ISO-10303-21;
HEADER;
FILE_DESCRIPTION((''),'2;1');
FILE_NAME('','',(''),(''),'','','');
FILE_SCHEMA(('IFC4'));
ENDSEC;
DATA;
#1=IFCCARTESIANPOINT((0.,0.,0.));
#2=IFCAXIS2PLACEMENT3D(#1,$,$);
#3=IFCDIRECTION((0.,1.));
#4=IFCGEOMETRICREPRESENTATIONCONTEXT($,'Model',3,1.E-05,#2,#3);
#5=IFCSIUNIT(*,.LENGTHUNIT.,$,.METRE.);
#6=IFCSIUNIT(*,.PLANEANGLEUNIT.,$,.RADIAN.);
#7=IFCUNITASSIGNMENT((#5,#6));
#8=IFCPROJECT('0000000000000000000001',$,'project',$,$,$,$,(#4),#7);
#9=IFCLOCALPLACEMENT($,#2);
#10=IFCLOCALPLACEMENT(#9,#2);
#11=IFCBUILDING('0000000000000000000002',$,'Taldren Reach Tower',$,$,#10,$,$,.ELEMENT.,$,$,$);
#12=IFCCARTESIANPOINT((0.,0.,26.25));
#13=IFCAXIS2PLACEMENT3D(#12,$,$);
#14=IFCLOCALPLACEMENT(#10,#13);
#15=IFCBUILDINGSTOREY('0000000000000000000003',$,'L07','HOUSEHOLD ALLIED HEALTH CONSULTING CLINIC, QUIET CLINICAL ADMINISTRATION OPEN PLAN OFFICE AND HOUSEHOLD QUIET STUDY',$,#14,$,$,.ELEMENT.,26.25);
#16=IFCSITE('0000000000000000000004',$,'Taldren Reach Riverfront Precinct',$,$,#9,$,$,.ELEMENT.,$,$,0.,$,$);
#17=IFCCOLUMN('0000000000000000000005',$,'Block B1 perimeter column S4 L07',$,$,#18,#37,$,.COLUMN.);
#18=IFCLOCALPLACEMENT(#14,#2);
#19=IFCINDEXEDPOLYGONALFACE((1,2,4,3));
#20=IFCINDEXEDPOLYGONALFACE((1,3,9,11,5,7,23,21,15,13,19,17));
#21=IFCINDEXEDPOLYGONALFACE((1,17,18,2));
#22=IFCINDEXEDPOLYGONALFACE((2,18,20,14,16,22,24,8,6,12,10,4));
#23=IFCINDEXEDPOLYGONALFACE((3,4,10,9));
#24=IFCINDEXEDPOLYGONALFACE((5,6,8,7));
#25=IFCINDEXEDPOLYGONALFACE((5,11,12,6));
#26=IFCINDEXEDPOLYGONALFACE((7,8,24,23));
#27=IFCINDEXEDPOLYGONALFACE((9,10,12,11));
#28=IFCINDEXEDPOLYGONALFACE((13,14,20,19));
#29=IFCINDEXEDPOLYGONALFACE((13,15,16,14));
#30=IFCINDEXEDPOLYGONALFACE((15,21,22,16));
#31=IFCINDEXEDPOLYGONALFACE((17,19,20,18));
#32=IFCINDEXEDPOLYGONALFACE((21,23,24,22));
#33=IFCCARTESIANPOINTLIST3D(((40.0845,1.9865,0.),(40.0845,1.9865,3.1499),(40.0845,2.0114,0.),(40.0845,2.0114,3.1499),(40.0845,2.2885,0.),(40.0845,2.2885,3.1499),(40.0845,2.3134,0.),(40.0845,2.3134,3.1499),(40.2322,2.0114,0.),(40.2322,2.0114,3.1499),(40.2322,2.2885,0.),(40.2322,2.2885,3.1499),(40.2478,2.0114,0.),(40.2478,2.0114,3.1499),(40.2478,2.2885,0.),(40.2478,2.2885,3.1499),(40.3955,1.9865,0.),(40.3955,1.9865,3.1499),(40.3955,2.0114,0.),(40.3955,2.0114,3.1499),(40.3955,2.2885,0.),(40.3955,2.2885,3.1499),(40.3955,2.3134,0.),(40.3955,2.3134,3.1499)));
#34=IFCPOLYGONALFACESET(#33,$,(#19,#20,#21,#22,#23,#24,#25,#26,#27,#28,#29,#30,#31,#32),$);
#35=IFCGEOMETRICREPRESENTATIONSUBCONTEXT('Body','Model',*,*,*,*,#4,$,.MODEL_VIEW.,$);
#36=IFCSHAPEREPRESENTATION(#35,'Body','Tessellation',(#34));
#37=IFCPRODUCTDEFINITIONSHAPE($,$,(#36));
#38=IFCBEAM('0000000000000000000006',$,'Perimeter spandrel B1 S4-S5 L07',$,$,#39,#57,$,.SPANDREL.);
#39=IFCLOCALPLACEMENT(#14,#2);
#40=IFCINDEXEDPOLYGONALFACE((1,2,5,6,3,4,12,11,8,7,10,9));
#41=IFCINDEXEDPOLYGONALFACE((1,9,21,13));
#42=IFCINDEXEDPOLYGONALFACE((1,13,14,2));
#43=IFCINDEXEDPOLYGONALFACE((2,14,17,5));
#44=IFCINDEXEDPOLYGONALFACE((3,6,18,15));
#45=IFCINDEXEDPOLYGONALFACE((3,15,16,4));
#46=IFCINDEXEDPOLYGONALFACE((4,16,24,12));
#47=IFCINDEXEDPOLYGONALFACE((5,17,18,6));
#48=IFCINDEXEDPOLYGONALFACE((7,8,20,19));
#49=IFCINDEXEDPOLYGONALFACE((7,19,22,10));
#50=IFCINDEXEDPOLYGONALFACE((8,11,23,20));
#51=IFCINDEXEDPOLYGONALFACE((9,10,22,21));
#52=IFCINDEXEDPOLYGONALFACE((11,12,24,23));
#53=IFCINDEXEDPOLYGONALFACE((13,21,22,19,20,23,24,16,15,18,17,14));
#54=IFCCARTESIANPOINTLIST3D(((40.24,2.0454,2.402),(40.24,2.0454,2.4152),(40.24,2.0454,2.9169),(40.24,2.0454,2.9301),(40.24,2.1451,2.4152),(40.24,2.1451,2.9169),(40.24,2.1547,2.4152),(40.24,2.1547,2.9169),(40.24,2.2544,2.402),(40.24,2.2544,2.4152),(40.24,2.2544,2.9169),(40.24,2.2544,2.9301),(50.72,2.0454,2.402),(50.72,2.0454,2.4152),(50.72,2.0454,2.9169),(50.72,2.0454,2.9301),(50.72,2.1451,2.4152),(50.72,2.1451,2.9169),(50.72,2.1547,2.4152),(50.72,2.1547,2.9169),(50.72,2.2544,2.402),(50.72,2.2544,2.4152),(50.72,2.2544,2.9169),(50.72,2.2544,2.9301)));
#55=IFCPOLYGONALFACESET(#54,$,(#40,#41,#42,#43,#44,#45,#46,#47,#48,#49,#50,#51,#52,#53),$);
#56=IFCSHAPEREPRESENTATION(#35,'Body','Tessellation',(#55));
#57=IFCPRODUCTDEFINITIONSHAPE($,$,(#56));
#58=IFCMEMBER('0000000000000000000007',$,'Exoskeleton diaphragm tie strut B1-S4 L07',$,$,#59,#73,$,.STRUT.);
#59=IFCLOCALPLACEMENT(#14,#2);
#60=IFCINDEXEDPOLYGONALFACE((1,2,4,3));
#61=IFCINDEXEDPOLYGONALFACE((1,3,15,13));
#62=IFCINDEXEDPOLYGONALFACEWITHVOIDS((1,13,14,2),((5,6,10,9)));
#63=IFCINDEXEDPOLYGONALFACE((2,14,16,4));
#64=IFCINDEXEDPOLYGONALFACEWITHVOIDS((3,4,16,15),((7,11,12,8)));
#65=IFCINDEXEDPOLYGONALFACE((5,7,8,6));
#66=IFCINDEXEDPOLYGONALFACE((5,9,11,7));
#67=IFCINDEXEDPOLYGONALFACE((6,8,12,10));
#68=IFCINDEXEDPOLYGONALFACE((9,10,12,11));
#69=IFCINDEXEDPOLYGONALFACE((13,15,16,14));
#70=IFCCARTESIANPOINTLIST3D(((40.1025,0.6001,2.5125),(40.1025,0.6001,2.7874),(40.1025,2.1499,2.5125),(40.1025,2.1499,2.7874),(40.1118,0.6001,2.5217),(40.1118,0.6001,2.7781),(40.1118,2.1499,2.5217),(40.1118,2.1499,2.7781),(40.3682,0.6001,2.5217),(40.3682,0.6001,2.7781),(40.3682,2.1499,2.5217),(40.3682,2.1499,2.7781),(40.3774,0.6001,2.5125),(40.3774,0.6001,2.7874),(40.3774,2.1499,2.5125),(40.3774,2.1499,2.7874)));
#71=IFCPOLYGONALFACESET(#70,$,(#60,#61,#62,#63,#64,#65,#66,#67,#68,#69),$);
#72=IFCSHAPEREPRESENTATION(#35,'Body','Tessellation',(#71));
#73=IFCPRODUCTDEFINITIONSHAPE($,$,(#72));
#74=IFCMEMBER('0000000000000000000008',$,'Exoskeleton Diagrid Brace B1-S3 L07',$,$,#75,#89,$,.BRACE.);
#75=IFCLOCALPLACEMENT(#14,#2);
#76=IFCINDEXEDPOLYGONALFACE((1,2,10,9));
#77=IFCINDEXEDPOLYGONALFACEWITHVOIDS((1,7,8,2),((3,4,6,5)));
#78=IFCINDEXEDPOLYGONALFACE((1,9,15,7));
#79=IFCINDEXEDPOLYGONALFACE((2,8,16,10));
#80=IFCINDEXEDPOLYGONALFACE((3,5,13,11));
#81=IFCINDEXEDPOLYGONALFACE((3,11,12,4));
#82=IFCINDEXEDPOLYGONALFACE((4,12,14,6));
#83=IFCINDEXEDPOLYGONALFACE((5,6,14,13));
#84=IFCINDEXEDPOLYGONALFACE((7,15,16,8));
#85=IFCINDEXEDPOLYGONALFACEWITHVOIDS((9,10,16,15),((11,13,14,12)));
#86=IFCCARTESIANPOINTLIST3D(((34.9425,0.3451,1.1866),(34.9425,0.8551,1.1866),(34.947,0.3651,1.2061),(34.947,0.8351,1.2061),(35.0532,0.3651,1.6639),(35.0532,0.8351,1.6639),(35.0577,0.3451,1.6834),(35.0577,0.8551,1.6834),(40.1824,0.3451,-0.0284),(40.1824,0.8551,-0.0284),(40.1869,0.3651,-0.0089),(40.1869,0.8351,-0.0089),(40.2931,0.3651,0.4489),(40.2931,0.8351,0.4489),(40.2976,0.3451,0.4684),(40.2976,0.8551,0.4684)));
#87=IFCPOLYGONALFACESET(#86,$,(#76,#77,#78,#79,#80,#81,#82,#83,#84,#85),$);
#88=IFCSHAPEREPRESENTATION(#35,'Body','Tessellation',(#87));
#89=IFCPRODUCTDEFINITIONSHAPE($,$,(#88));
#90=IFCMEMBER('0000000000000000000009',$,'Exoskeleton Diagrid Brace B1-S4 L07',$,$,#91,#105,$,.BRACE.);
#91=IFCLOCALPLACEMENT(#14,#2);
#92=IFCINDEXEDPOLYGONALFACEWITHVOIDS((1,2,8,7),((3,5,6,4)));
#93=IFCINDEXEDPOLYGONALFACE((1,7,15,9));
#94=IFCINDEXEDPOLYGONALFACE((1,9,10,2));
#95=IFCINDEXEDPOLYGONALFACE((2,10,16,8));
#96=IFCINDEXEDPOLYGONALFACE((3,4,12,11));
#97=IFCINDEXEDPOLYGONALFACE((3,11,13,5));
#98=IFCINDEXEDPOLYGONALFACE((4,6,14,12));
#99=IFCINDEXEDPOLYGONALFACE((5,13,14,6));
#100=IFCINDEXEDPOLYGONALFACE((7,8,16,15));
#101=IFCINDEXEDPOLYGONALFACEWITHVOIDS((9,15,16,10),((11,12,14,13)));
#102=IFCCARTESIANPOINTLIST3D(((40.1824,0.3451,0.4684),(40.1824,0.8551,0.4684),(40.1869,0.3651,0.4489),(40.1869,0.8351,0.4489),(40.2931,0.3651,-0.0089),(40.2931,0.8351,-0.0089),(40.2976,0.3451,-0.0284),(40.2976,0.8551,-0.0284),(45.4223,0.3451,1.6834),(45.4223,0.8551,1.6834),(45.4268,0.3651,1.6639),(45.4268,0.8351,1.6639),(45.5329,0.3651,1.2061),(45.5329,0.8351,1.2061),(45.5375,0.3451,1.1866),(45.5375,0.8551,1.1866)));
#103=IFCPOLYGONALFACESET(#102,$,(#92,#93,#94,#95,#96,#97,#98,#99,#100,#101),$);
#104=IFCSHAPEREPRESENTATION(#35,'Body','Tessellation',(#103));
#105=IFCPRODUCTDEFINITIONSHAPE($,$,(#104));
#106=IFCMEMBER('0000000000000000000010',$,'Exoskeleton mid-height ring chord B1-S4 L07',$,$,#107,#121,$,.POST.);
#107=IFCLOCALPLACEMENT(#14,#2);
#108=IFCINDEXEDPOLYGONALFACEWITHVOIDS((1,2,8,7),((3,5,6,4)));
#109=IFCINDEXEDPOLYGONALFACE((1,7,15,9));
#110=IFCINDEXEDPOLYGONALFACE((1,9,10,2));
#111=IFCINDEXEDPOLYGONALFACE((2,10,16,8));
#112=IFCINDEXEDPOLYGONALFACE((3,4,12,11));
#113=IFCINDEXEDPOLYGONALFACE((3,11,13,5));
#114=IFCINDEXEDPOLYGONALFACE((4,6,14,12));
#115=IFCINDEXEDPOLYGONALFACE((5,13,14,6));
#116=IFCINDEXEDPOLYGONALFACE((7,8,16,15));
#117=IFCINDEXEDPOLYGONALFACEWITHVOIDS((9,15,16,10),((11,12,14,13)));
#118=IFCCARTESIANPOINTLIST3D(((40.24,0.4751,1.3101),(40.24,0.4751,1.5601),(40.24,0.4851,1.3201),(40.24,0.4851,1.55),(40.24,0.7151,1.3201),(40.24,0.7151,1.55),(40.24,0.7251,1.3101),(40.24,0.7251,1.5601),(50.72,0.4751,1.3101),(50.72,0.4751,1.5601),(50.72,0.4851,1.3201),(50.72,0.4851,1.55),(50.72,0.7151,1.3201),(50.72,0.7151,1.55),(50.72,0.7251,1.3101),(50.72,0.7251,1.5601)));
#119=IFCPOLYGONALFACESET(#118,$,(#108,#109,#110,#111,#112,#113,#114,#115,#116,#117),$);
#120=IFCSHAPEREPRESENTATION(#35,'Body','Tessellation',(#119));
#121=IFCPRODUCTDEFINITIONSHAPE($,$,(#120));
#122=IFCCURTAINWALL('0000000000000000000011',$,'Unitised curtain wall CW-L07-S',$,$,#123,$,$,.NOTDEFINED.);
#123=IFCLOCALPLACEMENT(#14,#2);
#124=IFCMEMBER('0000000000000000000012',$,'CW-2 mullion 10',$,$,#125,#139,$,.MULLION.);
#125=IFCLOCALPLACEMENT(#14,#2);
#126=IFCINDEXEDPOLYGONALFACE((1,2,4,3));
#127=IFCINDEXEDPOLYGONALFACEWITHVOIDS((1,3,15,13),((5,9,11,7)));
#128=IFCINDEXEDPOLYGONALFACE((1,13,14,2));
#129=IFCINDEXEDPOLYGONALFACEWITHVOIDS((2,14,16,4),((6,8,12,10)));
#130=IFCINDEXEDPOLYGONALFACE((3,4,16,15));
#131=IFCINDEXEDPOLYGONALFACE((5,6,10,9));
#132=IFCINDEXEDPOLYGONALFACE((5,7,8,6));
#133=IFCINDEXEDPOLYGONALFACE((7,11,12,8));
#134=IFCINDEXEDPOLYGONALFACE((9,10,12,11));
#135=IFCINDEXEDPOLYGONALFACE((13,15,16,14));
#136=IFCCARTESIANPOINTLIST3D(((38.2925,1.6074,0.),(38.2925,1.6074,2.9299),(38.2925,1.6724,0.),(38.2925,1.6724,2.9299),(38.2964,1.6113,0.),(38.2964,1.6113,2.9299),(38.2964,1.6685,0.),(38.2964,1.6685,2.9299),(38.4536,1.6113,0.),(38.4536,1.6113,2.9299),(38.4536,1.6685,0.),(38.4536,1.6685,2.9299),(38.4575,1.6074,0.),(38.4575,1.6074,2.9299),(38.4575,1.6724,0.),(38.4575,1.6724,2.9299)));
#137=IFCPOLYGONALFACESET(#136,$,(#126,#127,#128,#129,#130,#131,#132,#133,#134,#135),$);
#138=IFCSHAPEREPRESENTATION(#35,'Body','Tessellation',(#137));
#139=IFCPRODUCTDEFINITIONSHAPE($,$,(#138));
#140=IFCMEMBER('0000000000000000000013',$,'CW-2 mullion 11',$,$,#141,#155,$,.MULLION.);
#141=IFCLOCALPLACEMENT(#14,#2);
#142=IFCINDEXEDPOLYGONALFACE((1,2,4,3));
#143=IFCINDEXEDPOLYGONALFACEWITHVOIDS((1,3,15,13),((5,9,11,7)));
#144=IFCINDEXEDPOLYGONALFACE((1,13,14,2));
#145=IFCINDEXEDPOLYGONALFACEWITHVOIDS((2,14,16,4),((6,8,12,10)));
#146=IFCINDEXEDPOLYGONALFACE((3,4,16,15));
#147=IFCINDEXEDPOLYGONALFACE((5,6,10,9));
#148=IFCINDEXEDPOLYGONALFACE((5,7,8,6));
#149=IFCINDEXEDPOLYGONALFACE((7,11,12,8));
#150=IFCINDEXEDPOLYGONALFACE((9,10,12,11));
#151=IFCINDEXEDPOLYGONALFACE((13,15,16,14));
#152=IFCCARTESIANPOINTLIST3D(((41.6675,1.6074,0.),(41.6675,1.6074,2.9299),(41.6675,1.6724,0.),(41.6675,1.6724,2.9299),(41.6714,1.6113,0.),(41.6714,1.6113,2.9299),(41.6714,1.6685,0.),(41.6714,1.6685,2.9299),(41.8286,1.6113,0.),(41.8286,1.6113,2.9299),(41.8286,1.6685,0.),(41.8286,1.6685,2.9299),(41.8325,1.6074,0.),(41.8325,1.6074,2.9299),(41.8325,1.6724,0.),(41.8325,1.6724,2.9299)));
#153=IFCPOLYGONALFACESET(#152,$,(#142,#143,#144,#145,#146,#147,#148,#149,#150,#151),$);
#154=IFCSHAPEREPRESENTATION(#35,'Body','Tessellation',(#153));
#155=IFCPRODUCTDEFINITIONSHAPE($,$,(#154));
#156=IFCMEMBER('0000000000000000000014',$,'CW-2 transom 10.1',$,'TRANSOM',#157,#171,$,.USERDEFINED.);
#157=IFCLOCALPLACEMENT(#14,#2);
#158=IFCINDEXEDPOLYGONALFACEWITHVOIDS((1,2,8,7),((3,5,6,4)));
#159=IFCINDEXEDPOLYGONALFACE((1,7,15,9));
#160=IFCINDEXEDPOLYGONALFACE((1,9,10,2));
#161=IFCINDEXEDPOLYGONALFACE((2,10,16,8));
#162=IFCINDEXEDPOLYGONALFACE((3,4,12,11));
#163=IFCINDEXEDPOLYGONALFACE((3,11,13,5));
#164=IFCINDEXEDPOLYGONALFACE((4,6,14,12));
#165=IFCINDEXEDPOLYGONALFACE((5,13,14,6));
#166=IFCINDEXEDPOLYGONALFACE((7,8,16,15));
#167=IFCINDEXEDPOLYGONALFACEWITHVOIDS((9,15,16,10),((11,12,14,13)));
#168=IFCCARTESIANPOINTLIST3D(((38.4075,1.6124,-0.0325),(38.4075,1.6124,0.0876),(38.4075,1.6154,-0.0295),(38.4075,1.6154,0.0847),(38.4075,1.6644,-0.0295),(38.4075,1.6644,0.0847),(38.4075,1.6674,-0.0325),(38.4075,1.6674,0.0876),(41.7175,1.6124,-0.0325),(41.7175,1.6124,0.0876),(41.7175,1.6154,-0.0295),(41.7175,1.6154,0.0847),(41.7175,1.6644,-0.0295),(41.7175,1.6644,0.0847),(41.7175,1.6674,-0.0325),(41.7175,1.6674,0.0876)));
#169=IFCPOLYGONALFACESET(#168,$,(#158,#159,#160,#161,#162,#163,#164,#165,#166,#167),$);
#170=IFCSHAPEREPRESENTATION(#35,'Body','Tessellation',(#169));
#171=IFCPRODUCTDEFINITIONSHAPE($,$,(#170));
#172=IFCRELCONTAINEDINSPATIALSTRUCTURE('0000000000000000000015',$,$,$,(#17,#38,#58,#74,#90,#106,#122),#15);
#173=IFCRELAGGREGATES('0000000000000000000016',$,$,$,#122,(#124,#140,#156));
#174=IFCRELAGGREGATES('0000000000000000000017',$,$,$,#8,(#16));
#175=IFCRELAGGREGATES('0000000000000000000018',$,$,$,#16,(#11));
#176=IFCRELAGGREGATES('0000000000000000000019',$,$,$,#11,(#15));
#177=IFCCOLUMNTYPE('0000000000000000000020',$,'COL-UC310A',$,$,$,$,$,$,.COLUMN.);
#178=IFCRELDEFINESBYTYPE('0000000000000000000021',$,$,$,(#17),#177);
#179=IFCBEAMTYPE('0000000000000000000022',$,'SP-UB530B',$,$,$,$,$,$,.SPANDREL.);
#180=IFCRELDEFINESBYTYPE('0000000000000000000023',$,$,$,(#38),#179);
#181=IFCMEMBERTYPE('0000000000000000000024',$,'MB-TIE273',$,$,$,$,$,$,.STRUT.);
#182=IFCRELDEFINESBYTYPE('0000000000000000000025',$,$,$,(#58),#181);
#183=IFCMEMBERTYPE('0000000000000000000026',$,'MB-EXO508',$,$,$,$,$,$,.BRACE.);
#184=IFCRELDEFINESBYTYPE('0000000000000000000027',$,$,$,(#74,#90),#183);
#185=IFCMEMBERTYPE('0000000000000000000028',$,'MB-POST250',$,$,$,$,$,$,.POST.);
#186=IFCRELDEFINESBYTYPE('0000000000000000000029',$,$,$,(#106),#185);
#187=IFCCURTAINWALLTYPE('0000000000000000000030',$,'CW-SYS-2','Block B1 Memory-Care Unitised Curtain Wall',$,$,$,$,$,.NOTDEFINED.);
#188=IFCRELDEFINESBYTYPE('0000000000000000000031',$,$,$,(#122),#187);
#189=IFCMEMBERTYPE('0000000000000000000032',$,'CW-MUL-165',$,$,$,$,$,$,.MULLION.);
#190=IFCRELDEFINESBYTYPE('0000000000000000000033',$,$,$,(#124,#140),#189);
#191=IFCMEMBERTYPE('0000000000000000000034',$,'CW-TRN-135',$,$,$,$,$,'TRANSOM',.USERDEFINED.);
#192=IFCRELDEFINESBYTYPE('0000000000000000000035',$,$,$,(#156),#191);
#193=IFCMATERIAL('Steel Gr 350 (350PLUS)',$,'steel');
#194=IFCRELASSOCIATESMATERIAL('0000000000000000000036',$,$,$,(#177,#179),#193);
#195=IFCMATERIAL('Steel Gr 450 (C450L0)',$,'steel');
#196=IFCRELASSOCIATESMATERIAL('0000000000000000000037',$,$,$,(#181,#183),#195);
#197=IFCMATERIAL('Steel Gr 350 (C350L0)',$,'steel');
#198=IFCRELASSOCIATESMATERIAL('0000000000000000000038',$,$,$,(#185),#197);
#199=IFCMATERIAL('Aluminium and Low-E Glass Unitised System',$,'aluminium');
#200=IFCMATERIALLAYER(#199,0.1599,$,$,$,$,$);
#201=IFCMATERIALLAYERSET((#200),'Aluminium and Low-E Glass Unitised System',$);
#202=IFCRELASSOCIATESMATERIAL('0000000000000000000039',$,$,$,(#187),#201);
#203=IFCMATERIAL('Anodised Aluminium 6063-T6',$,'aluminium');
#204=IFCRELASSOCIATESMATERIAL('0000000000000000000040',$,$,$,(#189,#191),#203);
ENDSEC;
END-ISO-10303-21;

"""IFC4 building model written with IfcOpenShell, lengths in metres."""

from ifc_helpers import new_model, si_unit, direction, frame, origin, origin_2d, place, context, subcontext, project, spatial, hollow_rectangle, i_section, extrude, source, transform, mapped, material, layer, layer_set, material_profile, profile_set, type_object, element, aggregate, save


model = new_model("IFC4")

# Units and contexts
model_context = context("Model", 3, precision=1e-05, world=origin(), true_north=direction((0.0, 1.0)))
body_context = subcontext(model_context, "Body", "Model", "MODEL_VIEW")
ifc_project = project(units=[si_unit("LENGTHUNIT", "METRE"), si_unit("PLANEANGLEUNIT", "RADIAN")], contexts=[model_context])

# Site, building, storey
site_placement = place(None, origin())
site = spatial("IfcSite", under=ifc_project, at=site_placement, Name="Taldren Reach Riverfront Precinct", CompositionType="ELEMENT", RefElevation=0.0)
building_placement = place(site_placement, origin())
building = spatial("IfcBuilding", under=site, at=building_placement, Name="Taldren Reach Tower", CompositionType="ELEMENT")
storey_placement = place(building_placement, frame((0.0, 0.0, 26.25)))
storey = spatial("IfcBuildingStorey", under=building, at=storey_placement, Name="L07", Description="HOUSEHOLD ALLIED HEALTH CONSULTING CLINIC, QUIET CLINICAL ADMINISTRATION OPEN PLAN OFFICE AND HOUSEHOLD QUIET STUDY", CompositionType="ELEMENT", Elevation=26.25)

# Column
ifc_material_1 = material(Name="Steel Gr 350 (350PLUS)", Category="steel")
ifc_material_profile_1 = material_profile(ifc_material_1, i_section(OverallWidth=0.311, OverallDepth=0.3269, WebThickness=0.0156, FlangeThickness=0.0249, at=origin_2d()), Name="310UC158")
ifc_profile_set_1 = profile_set([ifc_material_profile_1], Name="Steel Gr 350 (350PLUS)")
column_type = type_object("IfcColumnType", Name="COL-UC310A", PredefinedType="COLUMN", material=ifc_profile_set_1)
shared_shape_1 = source(origin(), body_context, "Body", "SweptSolid", [
    extrude(i_section(OverallWidth=0.311, OverallDepth=0.3269, WebThickness=0.0156, FlangeThickness=0.0249, at=origin_2d()), origin(), (0.0, 0.0, 1.0), 3.1499),
])
column_placement = place(storey_placement, frame((40.24, 2.1499, 0.0), z_axis=(0.0, 0.0, 1.0), x_axis=(1.0, 0.0, 0.0)))
element("IfcColumn", 1, at=column_placement, inside=storey, type_object=column_type, Name="Block B1 perimeter column S4 L07", PredefinedType="COLUMN", context=body_context, shape_type="MappedRepresentation", body=[
    mapped(shared_shape_1, transform((0.0, 0.0, 0.0), scale=1.0)),
])

# Beam
ifc_material_profile_2 = material_profile(ifc_material_1, i_section(OverallWidth=0.209, OverallDepth=0.5281, WebThickness=0.0095, FlangeThickness=0.0132, at=origin_2d()), Name="530UB82.0")
ifc_profile_set_2 = profile_set([ifc_material_profile_2], Name="Steel Gr 350 (350PLUS)")
beam_type = type_object("IfcBeamType", Name="SP-UB530B", PredefinedType="SPANDREL", material=ifc_profile_set_2)
shared_shape_2 = source(origin(), body_context, "Body", "SweptSolid", [
    extrude(i_section(OverallWidth=0.209, OverallDepth=0.5281, WebThickness=0.0095, FlangeThickness=0.0132, at=origin_2d()), origin(), (0.0, 0.0, 1.0), 10.48),
])
beam_placement = place(storey_placement, frame((40.24, 2.1499, 2.666), z_axis=(1.0, 0.0, 0.0), x_axis=(0.0, 1.0, 0.0)))
element("IfcBeam", 2, at=beam_placement, inside=storey, type_object=beam_type, Name="Perimeter spandrel B1 S4-S5 L07", PredefinedType="SPANDREL", context=body_context, shape_type="MappedRepresentation", body=[
    mapped(shared_shape_2, transform((0.0, 0.0, 0.0), scale=1.0)),
])

# Members
ifc_material_2 = material(Name="Steel Gr 450 (C450L0)", Category="steel")
ifc_material_profile_3 = material_profile(ifc_material_2, hollow_rectangle(XDim=0.2749, YDim=0.2749, WallThickness=0.0093, at=origin_2d()), Name="275x275x9.3SHS")
ifc_profile_set_3 = profile_set([ifc_material_profile_3], Name="Steel Gr 450 (C450L0)")
member_type_1 = type_object("IfcMemberType", Name="MB-TIE273", PredefinedType="STRUT", material=ifc_profile_set_3)
shared_shape_3 = source(origin(), body_context, "Body", "SweptSolid", [
    extrude(hollow_rectangle(XDim=0.2749, YDim=0.2749, WallThickness=0.0093, at=origin_2d()), origin(), (0.0, 0.0, 1.0), 1.5498),
])
member_1_placement = place(storey_placement, frame((40.24, 2.1499, 2.6499), z_axis=(0.0, -1.0, 0.0), x_axis=(1.0, 0.0, 0.0)))
element("IfcMember", 3, at=member_1_placement, inside=storey, type_object=member_type_1, Name="Exoskeleton diaphragm tie strut B1-S4 L07", PredefinedType="STRUT", context=body_context, shape_type="MappedRepresentation", body=[
    mapped(shared_shape_3, transform((0.0, 0.0, 0.0), scale=1.0)),
])
ifc_material_profile_4 = material_profile(ifc_material_2, hollow_rectangle(XDim=0.51, YDim=0.51, WallThickness=0.02, at=origin_2d()), Name="510x510x20.0SHS")
ifc_profile_set_4 = profile_set([ifc_material_profile_4], Name="Steel Gr 450 (C450L0)")
member_type_2 = type_object("IfcMemberType", Name="MB-EXO508", PredefinedType="BRACE", material=ifc_profile_set_4)
shared_shape_4 = source(origin(), body_context, "Body", "SweptSolid", [
    extrude(hollow_rectangle(XDim=0.51, YDim=0.51, WallThickness=0.02, at=origin_2d()), origin(), (0.0, 0.0, 1.0), 5.3789),
])
for number, where, z_axis, x_axis, name in (
    (4, (40.24, 0.6001, 0.22), (-0.974152, 0.0, 0.225894), (0.0, -1.0, 0.0), "Exoskeleton Diagrid Brace B1-S3 L07"),
    (5, (40.24, 0.6001, 0.22), (0.974152, 0.0, 0.225894), (0.0, 1.0, 0.0), "Exoskeleton Diagrid Brace B1-S4 L07"),
):
    element("IfcMember", number, at=place(storey_placement, frame(where, z_axis=z_axis, x_axis=x_axis)), inside=storey, type_object=member_type_2, Name=name, PredefinedType="BRACE", context=body_context, shape_type="MappedRepresentation", body=[
        mapped(shared_shape_4, transform((0.0, 0.0, 0.0), scale=1.0)),
    ])
ifc_material_3 = material(Name="Steel Gr 350 (C350L0)", Category="steel")
ifc_material_profile_5 = material_profile(ifc_material_3, hollow_rectangle(XDim=0.25, YDim=0.25, WallThickness=0.01, at=origin_2d()), Name="250x250x10.0SHS")
ifc_profile_set_5 = profile_set([ifc_material_profile_5], Name="Steel Gr 350 (C350L0)")
member_type_3 = type_object("IfcMemberType", Name="MB-POST250", PredefinedType="POST", material=ifc_profile_set_5)
shared_shape_5 = source(origin(), body_context, "Body", "SweptSolid", [
    extrude(hollow_rectangle(XDim=0.25, YDim=0.25, WallThickness=0.01, at=origin_2d()), origin(), (0.0, 0.0, 1.0), 10.48),
])
member_2_placement = place(storey_placement, frame((40.24, 0.6001, 1.4351), z_axis=(1.0, 0.0, 0.0), x_axis=(0.0, 1.0, 0.0)))
element("IfcMember", 6, at=member_2_placement, inside=storey, type_object=member_type_3, Name="Exoskeleton mid-height ring chord B1-S4 L07", PredefinedType="POST", context=body_context, shape_type="MappedRepresentation", body=[
    mapped(shared_shape_5, transform((0.0, 0.0, 0.0), scale=1.0)),
])

# Curtain wall, members
ifc_material_4 = material(Name="Aluminium and Low-E Glass Unitised System", Category="aluminium")
ifc_layer_1 = layer(ifc_material_4, 0.1599)
ifc_layer_set_1 = layer_set([ifc_layer_1], Name="Aluminium and Low-E Glass Unitised System")
curtain_wall_type = type_object("IfcCurtainWallType", Name="CW-SYS-2", Description="Block B1 Memory-Care Unitised Curtain Wall", PredefinedType="NOTDEFINED", material=ifc_layer_set_1)
curtain_wall_placement = place(storey_placement, origin())
curtain_wall = element("IfcCurtainWall", 7, at=curtain_wall_placement, inside=storey, type_object=curtain_wall_type, Name="Unitised curtain wall CW-L07-S", PredefinedType="NOTDEFINED")
ifc_material_5 = material(Name="Anodised Aluminium 6063-T6", Category="aluminium")
ifc_material_profile_6 = material_profile(ifc_material_5, hollow_rectangle(XDim=0.0649, YDim=0.165, WallThickness=0.0039, at=origin_2d()), Name="ALU-165x65x4RHS")
ifc_profile_set_6 = profile_set([ifc_material_profile_6], Name="Anodised Aluminium 6063-T6")
member_type_4 = type_object("IfcMemberType", Name="CW-MUL-165", PredefinedType="MULLION", material=ifc_profile_set_6)
shared_shape_6 = source(origin(), body_context, "Body", "SweptSolid", [
    extrude(hollow_rectangle(XDim=0.0649, YDim=0.165, WallThickness=0.0039, at=origin_2d()), origin(), (0.0, 0.0, 1.0), 2.9299),
])
member_3_placement = place(storey_placement, frame((38.375, 1.6399, 0.0), z_axis=(0.0, 0.0, 1.0), x_axis=(0.0, 1.0, 0.0)))
member_3 = element("IfcMember", 8, at=member_3_placement, type_object=member_type_4, Name="CW-2 mullion 10", PredefinedType="MULLION", context=body_context, shape_type="MappedRepresentation", body=[
    mapped(shared_shape_6, transform((0.0, 0.0, 0.0), scale=1.0)),
])
member_4_placement = place(storey_placement, frame((41.75, 1.6399, 0.0), z_axis=(0.0, 0.0, 1.0), x_axis=(0.0, 1.0, 0.0)))
member_4 = element("IfcMember", 9, at=member_4_placement, type_object=member_type_4, Name="CW-2 mullion 11", PredefinedType="MULLION", context=body_context, shape_type="MappedRepresentation", body=[
    mapped(shared_shape_6, transform((0.0, 0.0, 0.0), scale=1.0)),
])
ifc_material_profile_7 = material_profile(ifc_material_5, hollow_rectangle(XDim=0.0549, YDim=0.1201, WallThickness=0.0029, at=origin_2d()), Name="ALU-120x55x3RHS")
ifc_profile_set_7 = profile_set([ifc_material_profile_7], Name="Anodised Aluminium 6063-T6")
member_type_5 = type_object("IfcMemberType", Name="CW-TRN-135", ElementType="TRANSOM", PredefinedType="USERDEFINED", material=ifc_profile_set_7)
shared_shape_7 = source(origin(), body_context, "Body", "SweptSolid", [
    extrude(hollow_rectangle(XDim=0.0549, YDim=0.1201, WallThickness=0.0029, at=origin_2d()), origin(), (0.0, 0.0, 1.0), 3.3101),
])
member_5_placement = place(storey_placement, frame((38.4075, 1.6399, 0.0276), z_axis=(1.0, 0.0, 0.0), x_axis=(0.0, 1.0, 0.0)))
member_5 = element("IfcMember", 10, at=member_5_placement, type_object=member_type_5, Name="CW-2 transom 10.1", ObjectType="TRANSOM", PredefinedType="USERDEFINED", context=body_context, shape_type="MappedRepresentation", body=[
    mapped(shared_shape_7, transform((0.0, 0.0, 0.0), scale=1.0)),
])

aggregate(curtain_wall, [member_3, member_4, member_5])

save(model, "model.ifc")
